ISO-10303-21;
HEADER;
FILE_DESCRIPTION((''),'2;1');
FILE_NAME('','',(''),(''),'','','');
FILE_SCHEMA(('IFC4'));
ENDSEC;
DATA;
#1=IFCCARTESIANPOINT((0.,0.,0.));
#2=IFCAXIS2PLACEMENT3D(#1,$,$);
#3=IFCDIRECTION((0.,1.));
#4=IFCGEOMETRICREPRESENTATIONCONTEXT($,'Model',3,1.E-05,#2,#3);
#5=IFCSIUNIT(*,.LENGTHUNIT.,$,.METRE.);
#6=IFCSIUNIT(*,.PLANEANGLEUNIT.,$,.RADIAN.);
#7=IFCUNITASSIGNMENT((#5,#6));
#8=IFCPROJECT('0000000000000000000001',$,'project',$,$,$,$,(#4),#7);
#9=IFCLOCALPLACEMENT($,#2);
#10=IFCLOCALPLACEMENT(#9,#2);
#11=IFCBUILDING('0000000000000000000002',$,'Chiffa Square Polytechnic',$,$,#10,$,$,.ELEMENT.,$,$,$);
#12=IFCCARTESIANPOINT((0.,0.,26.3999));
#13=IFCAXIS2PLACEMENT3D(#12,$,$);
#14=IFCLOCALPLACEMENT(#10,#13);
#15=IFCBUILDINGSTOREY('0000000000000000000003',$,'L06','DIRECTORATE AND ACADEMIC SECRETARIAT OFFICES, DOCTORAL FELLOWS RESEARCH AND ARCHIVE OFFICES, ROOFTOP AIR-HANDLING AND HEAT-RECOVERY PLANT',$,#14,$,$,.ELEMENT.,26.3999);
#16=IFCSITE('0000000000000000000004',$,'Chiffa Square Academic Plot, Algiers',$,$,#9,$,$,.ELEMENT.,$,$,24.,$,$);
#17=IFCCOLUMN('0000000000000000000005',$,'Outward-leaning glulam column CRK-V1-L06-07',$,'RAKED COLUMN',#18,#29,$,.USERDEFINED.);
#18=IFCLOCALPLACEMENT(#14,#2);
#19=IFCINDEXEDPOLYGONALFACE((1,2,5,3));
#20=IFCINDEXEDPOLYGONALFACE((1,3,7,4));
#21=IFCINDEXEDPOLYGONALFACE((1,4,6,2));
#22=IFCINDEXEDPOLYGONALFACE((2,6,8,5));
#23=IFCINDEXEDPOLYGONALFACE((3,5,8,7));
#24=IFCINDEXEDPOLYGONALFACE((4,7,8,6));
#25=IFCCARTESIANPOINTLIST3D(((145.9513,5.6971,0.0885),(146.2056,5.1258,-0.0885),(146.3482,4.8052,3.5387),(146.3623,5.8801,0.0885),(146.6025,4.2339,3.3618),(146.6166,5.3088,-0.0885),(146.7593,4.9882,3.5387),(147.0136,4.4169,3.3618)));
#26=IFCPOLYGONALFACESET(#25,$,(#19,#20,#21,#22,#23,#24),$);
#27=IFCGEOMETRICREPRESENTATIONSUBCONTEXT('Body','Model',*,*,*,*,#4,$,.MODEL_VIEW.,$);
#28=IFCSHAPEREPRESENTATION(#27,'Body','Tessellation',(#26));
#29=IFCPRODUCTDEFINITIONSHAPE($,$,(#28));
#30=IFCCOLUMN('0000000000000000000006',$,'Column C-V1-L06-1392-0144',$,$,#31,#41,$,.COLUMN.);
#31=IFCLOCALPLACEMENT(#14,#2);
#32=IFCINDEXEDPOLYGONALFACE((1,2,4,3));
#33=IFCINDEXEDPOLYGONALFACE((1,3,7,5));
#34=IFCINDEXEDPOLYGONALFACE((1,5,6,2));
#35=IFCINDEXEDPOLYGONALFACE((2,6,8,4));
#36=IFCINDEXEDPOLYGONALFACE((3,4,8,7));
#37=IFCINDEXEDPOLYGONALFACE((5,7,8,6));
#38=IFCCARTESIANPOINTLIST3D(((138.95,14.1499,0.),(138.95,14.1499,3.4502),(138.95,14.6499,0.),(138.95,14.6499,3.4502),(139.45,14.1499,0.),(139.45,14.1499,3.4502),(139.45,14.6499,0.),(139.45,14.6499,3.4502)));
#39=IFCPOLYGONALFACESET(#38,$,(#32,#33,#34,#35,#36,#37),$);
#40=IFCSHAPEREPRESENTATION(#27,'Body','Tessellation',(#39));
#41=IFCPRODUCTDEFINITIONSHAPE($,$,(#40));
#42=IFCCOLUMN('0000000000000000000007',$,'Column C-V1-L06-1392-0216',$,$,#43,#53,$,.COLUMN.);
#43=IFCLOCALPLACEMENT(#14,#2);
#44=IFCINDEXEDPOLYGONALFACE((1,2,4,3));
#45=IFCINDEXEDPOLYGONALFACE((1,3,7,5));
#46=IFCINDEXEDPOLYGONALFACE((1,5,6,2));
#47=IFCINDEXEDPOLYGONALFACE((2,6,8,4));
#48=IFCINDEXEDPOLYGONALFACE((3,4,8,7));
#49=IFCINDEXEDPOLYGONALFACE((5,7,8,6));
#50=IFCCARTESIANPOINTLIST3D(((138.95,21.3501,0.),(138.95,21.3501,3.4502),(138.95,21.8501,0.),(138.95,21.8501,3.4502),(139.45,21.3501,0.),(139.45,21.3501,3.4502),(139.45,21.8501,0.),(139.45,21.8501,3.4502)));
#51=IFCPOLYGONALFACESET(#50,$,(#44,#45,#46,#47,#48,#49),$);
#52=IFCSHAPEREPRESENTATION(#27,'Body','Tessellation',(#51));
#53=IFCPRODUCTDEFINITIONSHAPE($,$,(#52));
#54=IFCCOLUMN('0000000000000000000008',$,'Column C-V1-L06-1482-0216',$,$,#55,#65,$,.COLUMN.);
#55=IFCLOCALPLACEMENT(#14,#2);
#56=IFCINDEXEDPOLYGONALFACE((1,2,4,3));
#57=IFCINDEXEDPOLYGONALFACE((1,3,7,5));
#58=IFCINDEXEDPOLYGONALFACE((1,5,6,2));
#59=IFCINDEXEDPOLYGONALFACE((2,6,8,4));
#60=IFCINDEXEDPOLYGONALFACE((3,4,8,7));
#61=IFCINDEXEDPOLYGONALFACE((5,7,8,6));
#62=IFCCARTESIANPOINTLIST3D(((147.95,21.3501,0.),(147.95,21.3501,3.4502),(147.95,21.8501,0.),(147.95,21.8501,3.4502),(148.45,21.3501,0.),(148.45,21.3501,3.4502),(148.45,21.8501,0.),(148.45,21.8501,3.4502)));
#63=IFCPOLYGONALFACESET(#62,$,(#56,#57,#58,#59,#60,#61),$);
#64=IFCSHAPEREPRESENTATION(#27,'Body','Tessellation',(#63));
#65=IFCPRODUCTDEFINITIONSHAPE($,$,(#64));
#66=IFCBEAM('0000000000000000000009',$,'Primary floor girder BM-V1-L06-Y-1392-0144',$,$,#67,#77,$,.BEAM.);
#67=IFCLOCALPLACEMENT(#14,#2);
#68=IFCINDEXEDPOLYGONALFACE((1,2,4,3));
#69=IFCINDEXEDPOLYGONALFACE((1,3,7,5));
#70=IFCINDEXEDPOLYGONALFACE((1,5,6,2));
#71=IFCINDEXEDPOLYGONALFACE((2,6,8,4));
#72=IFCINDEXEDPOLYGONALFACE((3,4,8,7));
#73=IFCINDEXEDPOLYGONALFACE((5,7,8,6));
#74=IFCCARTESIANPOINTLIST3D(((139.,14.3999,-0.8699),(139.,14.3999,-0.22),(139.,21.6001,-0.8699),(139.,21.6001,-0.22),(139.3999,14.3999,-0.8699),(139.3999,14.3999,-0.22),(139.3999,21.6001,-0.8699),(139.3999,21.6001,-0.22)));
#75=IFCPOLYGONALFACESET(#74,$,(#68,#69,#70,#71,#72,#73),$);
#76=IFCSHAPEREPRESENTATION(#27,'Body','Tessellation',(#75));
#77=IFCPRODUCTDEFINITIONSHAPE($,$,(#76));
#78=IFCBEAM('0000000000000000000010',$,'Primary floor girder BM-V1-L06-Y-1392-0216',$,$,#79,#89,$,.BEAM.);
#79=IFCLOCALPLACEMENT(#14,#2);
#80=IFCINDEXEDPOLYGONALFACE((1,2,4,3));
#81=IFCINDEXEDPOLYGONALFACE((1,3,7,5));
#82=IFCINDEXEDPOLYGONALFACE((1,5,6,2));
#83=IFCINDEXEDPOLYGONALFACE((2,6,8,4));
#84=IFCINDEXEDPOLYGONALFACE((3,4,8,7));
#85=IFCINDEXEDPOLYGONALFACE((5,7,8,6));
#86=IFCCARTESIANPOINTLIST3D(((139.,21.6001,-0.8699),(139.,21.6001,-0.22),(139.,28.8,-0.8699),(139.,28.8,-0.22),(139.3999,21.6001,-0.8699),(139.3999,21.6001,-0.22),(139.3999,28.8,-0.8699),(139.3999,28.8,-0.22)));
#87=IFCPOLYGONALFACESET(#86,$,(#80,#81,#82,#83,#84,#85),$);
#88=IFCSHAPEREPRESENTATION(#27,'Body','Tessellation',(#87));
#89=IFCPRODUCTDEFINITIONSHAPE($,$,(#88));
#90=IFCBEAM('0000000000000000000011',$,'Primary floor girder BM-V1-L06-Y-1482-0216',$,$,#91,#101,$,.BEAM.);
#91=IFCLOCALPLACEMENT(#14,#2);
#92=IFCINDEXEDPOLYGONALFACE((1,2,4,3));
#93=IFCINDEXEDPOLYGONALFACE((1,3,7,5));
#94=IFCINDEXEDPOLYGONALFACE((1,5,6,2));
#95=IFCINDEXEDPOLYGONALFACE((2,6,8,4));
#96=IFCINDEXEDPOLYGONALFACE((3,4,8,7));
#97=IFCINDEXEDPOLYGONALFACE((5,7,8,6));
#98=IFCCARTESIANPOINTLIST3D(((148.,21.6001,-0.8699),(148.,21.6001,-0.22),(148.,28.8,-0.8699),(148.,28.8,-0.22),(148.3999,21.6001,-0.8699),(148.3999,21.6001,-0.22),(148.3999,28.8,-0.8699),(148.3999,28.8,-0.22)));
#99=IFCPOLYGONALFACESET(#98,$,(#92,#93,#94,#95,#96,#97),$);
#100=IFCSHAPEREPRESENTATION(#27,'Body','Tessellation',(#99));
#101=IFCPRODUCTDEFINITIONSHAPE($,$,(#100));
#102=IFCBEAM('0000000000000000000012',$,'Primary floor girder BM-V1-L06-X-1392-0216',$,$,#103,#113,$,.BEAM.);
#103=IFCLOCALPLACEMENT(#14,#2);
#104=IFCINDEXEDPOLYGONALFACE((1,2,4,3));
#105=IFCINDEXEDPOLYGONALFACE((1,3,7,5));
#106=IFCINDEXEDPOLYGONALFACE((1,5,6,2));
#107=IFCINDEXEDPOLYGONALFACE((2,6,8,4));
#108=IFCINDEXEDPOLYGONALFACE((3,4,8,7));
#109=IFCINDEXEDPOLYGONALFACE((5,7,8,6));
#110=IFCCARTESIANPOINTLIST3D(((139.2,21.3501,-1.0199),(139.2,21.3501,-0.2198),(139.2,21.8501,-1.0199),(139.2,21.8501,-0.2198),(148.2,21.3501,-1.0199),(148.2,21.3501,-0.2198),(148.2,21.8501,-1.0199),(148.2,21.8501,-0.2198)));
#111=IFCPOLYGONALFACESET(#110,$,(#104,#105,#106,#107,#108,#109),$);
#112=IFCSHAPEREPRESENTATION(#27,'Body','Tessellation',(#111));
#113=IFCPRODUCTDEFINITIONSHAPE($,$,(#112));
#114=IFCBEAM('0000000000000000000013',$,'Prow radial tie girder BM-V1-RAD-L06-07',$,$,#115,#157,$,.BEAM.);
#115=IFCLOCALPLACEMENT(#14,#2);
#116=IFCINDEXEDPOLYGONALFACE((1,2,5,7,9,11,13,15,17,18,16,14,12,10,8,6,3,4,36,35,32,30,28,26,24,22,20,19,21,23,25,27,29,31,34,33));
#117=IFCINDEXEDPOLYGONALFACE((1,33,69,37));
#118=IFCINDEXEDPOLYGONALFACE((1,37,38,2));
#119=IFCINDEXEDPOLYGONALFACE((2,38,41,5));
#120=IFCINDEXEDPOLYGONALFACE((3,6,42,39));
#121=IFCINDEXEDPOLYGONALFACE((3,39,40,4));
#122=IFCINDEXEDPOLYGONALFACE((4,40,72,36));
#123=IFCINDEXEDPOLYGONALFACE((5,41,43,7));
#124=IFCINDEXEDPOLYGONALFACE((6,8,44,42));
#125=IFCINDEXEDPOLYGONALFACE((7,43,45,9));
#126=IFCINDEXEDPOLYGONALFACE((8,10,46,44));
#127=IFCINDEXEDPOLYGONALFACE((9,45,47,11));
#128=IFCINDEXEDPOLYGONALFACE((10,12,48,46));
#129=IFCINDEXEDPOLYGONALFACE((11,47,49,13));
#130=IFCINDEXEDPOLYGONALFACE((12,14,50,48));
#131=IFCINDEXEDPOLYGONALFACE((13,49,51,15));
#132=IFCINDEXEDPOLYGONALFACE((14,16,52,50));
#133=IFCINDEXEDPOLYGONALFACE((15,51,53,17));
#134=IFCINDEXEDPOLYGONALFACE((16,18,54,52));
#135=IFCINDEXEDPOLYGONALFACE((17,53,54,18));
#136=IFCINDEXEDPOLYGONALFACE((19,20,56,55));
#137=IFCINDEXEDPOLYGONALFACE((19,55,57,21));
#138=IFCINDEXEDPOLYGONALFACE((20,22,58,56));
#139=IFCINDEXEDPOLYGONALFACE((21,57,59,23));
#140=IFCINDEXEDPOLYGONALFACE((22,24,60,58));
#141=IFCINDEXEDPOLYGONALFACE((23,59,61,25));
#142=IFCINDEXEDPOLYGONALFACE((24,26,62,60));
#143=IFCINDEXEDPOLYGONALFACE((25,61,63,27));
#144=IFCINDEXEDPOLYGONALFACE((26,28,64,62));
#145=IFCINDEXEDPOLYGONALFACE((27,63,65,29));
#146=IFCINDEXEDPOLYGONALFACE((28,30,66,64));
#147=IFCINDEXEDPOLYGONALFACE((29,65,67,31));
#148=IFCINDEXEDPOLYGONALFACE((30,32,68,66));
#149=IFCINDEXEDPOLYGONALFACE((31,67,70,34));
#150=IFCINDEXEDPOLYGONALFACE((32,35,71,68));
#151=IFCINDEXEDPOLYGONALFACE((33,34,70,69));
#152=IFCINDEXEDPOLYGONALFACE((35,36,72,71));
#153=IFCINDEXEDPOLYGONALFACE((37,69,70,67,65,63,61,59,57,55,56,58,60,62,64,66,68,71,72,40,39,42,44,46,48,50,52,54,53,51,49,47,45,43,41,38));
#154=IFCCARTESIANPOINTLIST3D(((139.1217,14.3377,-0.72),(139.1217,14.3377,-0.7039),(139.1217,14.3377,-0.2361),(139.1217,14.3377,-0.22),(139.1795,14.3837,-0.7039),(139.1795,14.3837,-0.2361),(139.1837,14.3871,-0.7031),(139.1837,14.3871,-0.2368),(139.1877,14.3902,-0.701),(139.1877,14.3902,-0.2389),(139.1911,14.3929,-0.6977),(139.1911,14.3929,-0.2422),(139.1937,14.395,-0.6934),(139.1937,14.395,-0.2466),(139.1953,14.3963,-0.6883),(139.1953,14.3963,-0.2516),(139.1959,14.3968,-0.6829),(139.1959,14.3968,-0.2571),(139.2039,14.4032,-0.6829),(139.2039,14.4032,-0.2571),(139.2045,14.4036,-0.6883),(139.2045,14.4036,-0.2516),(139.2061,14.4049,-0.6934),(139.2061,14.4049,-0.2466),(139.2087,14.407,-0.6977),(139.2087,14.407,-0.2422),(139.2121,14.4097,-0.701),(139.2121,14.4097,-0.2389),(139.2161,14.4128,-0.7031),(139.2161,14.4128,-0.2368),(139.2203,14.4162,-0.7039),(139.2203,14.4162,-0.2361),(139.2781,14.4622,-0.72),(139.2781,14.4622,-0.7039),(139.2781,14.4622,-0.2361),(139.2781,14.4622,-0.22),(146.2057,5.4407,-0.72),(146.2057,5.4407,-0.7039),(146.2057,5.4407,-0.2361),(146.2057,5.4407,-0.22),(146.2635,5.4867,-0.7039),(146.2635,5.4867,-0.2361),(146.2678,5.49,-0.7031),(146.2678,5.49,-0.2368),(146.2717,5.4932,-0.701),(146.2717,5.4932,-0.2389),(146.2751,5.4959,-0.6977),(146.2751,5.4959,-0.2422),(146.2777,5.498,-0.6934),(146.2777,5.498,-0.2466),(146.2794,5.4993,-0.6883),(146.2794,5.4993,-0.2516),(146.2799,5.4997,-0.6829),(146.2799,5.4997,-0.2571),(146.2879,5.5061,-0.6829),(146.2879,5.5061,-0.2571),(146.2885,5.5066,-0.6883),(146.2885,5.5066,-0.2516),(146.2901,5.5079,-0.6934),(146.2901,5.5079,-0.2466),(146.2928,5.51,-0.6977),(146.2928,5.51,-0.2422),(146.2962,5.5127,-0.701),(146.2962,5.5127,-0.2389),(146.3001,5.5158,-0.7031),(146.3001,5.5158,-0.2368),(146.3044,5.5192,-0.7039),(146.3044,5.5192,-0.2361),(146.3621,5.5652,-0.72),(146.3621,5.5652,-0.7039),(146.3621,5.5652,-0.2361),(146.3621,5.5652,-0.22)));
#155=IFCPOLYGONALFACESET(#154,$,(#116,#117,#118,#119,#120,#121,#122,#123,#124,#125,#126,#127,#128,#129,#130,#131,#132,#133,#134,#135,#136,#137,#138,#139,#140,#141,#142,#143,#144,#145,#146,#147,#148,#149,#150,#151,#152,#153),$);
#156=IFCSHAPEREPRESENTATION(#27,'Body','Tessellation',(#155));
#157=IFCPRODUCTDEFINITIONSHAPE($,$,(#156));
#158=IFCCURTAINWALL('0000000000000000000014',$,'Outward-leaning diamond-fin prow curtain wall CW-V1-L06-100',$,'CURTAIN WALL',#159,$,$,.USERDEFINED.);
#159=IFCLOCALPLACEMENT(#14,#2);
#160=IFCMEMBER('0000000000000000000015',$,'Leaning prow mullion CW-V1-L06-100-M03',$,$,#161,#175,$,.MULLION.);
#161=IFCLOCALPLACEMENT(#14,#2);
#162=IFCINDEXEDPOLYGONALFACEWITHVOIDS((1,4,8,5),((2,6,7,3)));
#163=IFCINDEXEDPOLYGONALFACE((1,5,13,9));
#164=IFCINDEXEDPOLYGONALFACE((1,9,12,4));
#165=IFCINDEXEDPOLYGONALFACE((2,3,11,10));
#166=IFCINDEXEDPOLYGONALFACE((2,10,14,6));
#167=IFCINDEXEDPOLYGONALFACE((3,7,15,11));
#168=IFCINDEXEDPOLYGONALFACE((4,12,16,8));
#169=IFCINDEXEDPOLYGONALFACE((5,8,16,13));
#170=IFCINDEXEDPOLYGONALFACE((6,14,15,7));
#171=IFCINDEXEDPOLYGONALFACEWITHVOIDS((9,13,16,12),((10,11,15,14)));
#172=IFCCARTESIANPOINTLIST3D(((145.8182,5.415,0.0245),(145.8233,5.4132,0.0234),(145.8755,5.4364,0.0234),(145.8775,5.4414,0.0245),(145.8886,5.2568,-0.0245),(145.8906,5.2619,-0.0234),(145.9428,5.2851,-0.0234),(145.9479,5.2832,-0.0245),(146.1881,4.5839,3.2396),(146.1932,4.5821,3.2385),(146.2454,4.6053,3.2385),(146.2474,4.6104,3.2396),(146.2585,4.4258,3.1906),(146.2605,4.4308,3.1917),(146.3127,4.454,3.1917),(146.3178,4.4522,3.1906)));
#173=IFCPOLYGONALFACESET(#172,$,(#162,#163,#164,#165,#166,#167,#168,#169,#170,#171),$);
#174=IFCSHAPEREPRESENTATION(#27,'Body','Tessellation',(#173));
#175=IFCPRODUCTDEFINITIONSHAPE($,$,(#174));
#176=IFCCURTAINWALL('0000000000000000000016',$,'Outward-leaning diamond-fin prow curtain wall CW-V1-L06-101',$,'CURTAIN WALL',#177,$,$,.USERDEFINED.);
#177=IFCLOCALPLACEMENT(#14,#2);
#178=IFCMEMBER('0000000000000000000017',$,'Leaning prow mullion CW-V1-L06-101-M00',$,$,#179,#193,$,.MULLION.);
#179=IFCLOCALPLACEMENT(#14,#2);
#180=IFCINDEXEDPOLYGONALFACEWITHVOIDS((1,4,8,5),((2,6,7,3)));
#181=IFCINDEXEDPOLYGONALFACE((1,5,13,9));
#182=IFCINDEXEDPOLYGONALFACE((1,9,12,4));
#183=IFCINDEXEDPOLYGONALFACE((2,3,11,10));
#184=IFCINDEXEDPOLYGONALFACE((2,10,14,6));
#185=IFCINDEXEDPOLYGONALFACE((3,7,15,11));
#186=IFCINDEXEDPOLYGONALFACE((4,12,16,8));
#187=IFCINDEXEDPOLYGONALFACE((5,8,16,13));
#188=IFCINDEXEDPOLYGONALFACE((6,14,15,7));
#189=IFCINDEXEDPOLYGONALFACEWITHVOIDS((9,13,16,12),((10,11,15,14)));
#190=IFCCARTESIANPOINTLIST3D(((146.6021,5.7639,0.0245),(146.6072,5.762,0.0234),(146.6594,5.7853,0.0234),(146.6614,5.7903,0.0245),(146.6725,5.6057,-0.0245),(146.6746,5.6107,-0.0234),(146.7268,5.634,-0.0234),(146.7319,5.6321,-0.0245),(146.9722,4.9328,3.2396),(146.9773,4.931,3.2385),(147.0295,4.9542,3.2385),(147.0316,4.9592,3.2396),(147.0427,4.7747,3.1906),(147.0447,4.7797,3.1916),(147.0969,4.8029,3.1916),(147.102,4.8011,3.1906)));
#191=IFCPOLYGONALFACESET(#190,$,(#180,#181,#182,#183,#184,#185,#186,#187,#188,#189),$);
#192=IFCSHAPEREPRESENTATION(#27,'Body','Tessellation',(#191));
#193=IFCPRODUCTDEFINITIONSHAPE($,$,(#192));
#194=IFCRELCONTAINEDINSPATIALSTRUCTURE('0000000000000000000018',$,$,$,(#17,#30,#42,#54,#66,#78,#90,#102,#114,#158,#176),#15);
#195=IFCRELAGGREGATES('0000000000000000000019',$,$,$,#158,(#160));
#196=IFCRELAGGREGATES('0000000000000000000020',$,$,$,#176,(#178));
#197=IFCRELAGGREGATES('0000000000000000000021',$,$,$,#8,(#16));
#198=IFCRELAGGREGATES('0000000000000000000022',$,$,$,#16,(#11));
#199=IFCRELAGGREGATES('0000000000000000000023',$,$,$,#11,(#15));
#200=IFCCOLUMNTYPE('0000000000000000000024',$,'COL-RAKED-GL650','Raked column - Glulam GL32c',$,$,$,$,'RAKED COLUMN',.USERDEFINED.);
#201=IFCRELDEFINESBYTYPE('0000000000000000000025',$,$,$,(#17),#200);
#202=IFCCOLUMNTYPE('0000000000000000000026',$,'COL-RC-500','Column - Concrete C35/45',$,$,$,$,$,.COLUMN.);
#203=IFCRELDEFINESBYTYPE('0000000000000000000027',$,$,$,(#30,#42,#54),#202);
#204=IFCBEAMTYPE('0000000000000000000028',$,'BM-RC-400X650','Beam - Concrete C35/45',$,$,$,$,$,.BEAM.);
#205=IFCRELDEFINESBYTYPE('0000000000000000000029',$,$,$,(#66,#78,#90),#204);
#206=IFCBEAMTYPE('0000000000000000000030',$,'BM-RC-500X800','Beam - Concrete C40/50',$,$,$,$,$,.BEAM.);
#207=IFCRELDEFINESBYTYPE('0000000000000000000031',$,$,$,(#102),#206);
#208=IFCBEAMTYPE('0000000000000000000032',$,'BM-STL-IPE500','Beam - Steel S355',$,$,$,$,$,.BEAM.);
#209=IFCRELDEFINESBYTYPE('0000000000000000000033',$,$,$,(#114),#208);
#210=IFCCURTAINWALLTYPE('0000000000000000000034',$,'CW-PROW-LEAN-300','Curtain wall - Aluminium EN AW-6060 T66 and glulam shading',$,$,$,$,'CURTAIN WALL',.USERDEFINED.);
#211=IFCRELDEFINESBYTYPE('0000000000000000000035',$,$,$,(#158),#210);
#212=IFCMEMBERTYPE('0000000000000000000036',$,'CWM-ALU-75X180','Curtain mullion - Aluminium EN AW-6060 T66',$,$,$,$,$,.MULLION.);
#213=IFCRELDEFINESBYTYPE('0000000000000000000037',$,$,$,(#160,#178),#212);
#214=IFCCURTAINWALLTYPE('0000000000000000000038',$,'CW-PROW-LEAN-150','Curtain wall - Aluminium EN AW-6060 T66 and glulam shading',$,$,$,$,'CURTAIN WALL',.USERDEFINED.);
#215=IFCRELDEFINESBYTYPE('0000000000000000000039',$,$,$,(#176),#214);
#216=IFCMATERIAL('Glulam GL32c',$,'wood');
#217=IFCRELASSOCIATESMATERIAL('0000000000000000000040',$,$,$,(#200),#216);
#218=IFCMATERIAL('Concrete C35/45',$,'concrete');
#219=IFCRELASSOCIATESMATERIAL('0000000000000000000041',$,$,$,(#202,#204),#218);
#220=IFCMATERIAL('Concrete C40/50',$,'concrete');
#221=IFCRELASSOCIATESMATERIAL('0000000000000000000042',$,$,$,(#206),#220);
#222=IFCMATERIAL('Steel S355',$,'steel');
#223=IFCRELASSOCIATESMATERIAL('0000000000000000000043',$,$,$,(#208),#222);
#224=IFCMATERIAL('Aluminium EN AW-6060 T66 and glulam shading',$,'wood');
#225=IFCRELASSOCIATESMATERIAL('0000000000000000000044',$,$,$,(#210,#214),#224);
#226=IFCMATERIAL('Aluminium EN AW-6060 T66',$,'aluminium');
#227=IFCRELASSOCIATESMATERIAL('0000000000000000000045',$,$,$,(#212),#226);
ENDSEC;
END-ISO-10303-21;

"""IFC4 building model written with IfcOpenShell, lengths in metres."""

from ifc_helpers import new_model, si_unit, direction, frame, origin, origin_2d, place, context, subcontext, project, spatial, rectangle, hollow_rectangle, i_section, extrude, material, material_profile, profile_set, type_object, element, aggregate, save


model = new_model("IFC4")

# Units and contexts
model_context = context("Model", 3, precision=1e-05, world=origin(), true_north=direction((0.0, 1.0)))
body_context = subcontext(model_context, "Body", "Model", "MODEL_VIEW")
ifc_project = project(units=[si_unit("LENGTHUNIT", "METRE"), si_unit("PLANEANGLEUNIT", "RADIAN")], contexts=[model_context])

# Site, building, storey
site_placement = place(None, origin())
site = spatial("IfcSite", under=ifc_project, at=site_placement, Name="Chiffa Square Academic Plot, Algiers", CompositionType="ELEMENT", RefElevation=24.0)
building_placement = place(site_placement, origin())
building = spatial("IfcBuilding", under=site, at=building_placement, Name="Chiffa Square Polytechnic", CompositionType="ELEMENT")
storey_placement = place(building_placement, frame((0.0, 0.0, 26.3999)))
storey = spatial("IfcBuildingStorey", under=building, at=storey_placement, Name="L06", Description="DIRECTORATE AND ACADEMIC SECRETARIAT OFFICES, DOCTORAL FELLOWS RESEARCH AND ARCHIVE OFFICES, ROOFTOP AIR-HANDLING AND HEAT-RECOVERY PLANT", CompositionType="ELEMENT", Elevation=26.3999)

# Columns
ifc_material_1 = material(Name="Glulam GL32c", Category="wood")
ifc_material_profile_1 = material_profile(ifc_material_1, rectangle(XDim=0.45, YDim=0.6499, at=origin_2d()), Name="GL32c 450x650")
ifc_profile_set_1 = profile_set([ifc_material_profile_1], Name="Glulam GL32c")
column_type_1 = type_object("IfcColumnType", Name="COL-RAKED-GL650", Description="Raked column - Glulam GL32c", ElementType="RAKED COLUMN", PredefinedType="USERDEFINED", material=ifc_profile_set_1)
column_placement = place(storey_placement, frame((146.2839, 5.5029, 0.0), z_axis=(0.110712, -0.248727, 0.962225), x_axis=(0.913585, 0.406649, 0.0)))
element("IfcColumn", 1, at=column_placement, inside=storey, type_object=column_type_1, Name="Outward-leaning glulam column CRK-V1-L06-07", ObjectType="RAKED COLUMN", PredefinedType="USERDEFINED", context=body_context, shape_type="SweptSolid", body=[
    extrude(rectangle(XDim=0.45, YDim=0.6499, at=origin_2d()), origin(), (0.0, 0.0, 1.0), 3.5857),
])
ifc_material_2 = material(Name="Concrete C35/45", Category="concrete")
ifc_material_profile_2 = material_profile(ifc_material_2, rectangle(XDim=0.5, YDim=0.5, at=origin_2d()), Name="RC 500x500")
ifc_profile_set_2 = profile_set([ifc_material_profile_2], Name="Concrete C35/45")
column_type_2 = type_object("IfcColumnType", Name="COL-RC-500", Description="Column - Concrete C35/45", PredefinedType="COLUMN", material=ifc_profile_set_2)
for number, where, z_axis, x_axis, name in (
    (2, (139.2, 14.3999, 0.0), (0.0, 0.0, 1.0), (1.0, 0.0, 0.0), "Column C-V1-L06-1392-0144"),
    (3, (139.2, 21.6001, 0.0), (0.0, 0.0, 1.0), (1.0, 0.0, 0.0), "Column C-V1-L06-1392-0216"),
    (4, (148.2, 21.6001, 0.0), (0.0, 0.0, 1.0), (1.0, 0.0, 0.0), "Column C-V1-L06-1482-0216"),
):
    element("IfcColumn", number, at=place(storey_placement, frame(where, z_axis=z_axis, x_axis=x_axis)), inside=storey, type_object=column_type_2, Name=name, PredefinedType="COLUMN", context=body_context, shape_type="SweptSolid", body=[
        extrude(rectangle(XDim=0.5, YDim=0.5, at=origin_2d()), origin(), (0.0, 0.0, 1.0), 3.4502),
    ])

# Beams
ifc_material_profile_3 = material_profile(ifc_material_2, rectangle(XDim=0.3999, YDim=0.6499, at=origin_2d()), Name="RC 400x650")
ifc_profile_set_3 = profile_set([ifc_material_profile_3], Name="Concrete C35/45")
beam_type_1 = type_object("IfcBeamType", Name="BM-RC-400X650", Description="Beam - Concrete C35/45", PredefinedType="BEAM", material=ifc_profile_set_3)
beam_1_placement = place(storey_placement, frame((139.2, 14.3999, -0.5449), z_axis=(0.0, 1.0, 0.0), x_axis=(-1.0, 0.0, 0.0)))
element("IfcBeam", 5, at=beam_1_placement, inside=storey, type_object=beam_type_1, Name="Primary floor girder BM-V1-L06-Y-1392-0144", PredefinedType="BEAM", context=body_context, shape_type="SweptSolid", body=[
    extrude(rectangle(XDim=0.3999, YDim=0.6499, at=origin_2d()), origin(), (0.0, 0.0, 1.0), 7.2002),
])
for number, where, z_axis, x_axis, name in (
    (6, (139.2, 21.6001, -0.5449), (0.0, 1.0, 0.0), (-1.0, 0.0, 0.0), "Primary floor girder BM-V1-L06-Y-1392-0216"),
    (7, (148.2, 21.6001, -0.5449), (0.0, 1.0, 0.0), (-1.0, 0.0, 0.0), "Primary floor girder BM-V1-L06-Y-1482-0216"),
):
    element("IfcBeam", number, at=place(storey_placement, frame(where, z_axis=z_axis, x_axis=x_axis)), inside=storey, type_object=beam_type_1, Name=name, PredefinedType="BEAM", context=body_context, shape_type="SweptSolid", body=[
        extrude(rectangle(XDim=0.3999, YDim=0.6499, at=origin_2d()), origin(), (0.0, 0.0, 1.0), 7.2),
    ])
ifc_material_3 = material(Name="Concrete C40/50", Category="concrete")
ifc_material_profile_4 = material_profile(ifc_material_3, rectangle(XDim=0.5, YDim=0.8, at=origin_2d()), Name="RC 500x800")
ifc_profile_set_4 = profile_set([ifc_material_profile_4], Name="Concrete C40/50")
beam_type_2 = type_object("IfcBeamType", Name="BM-RC-500X800", Description="Beam - Concrete C40/50", PredefinedType="BEAM", material=ifc_profile_set_4)
beam_2_placement = place(storey_placement, frame((139.2, 21.6001, -0.6199), z_axis=(1.0, 0.0, 0.0), x_axis=(0.0, 1.0, 0.0)))
element("IfcBeam", 8, at=beam_2_placement, inside=storey, type_object=beam_type_2, Name="Primary floor girder BM-V1-L06-X-1392-0216", PredefinedType="BEAM", context=body_context, shape_type="SweptSolid", body=[
    extrude(rectangle(XDim=0.5, YDim=0.8, at=origin_2d()), origin(), (0.0, 0.0, 1.0), 9.0),
])
ifc_material_4 = material(Name="Steel S355", Category="steel")
ifc_material_profile_5 = material_profile(ifc_material_4, i_section(OverallWidth=0.2, OverallDepth=0.5, WebThickness=0.0103, FlangeThickness=0.0161, FilletRadius=0.021, at=origin_2d()), Name="IPE 500")
ifc_profile_set_5 = profile_set([ifc_material_profile_5], Name="Steel S355")
beam_type_3 = type_object("IfcBeamType", Name="BM-STL-IPE500", Description="Beam - Steel S355", PredefinedType="BEAM", material=ifc_profile_set_5)
beam_3_placement = place(storey_placement, frame((146.2839, 5.5029, -0.47), z_axis=(-0.622892, 0.782308, 0.0), x_axis=(-0.782308, -0.622892, 0.0)))
element("IfcBeam", 9, at=beam_3_placement, inside=storey, type_object=beam_type_3, Name="Prow radial tie girder BM-V1-RAD-L06-07", PredefinedType="BEAM", context=body_context, shape_type="SweptSolid", body=[
    extrude(i_section(OverallWidth=0.2, OverallDepth=0.5, WebThickness=0.0103, FlangeThickness=0.0161, FilletRadius=0.021, at=origin_2d()), origin(), (0.0, 0.0, 1.0), 11.3728),
])

# Curtain wall, member
ifc_material_5 = material(Name="Aluminium EN AW-6060 T66 and glulam shading", Category="wood")
curtain_wall_type_1 = type_object("IfcCurtainWallType", Name="CW-PROW-LEAN-300", Description="Curtain wall - Aluminium EN AW-6060 T66 and glulam shading", ElementType="CURTAIN WALL", PredefinedType="USERDEFINED", material=ifc_material_5)
curtain_wall_1_placement = place(storey_placement, origin())
curtain_wall_1 = element("IfcCurtainWall", 10, at=curtain_wall_1_placement, inside=storey, type_object=curtain_wall_type_1, Name="Outward-leaning diamond-fin prow curtain wall CW-V1-L06-100", ObjectType="CURTAIN WALL", PredefinedType="USERDEFINED")
ifc_material_6 = material(Name="Aluminium EN AW-6060 T66", Category="aluminium")
ifc_material_profile_6 = material_profile(ifc_material_6, hollow_rectangle(XDim=0.0649, YDim=0.1799, WallThickness=0.0039, at=origin_2d()), Name="ALU 65x180x4")
ifc_profile_set_6 = profile_set([ifc_material_profile_6], Name="Aluminium EN AW-6060 T66")
member_type_1 = type_object("IfcMemberType", Name="CWM-ALU-75X180", Description="Curtain mullion - Aluminium EN AW-6060 T66", PredefinedType="MULLION", material=ifc_profile_set_6)
member_1_placement = place(storey_placement, frame((145.8831, 5.3491, 0.0), z_axis=(0.110698, -0.248722, 0.962228), x_axis=(0.913601, 0.406612, 0.0)))
member_1 = element("IfcMember", 11, at=member_1_placement, type_object=member_type_1, Name="Leaning prow mullion CW-V1-L06-100-M03", PredefinedType="MULLION", context=body_context, shape_type="SweptSolid", body=[
    extrude(hollow_rectangle(XDim=0.0649, YDim=0.1799, WallThickness=0.0039, at=origin_2d()), origin(), (0.0, 0.0, 1.0), 3.3413),
])

# Curtain wall, member
curtain_wall_type_2 = type_object("IfcCurtainWallType", Name="CW-PROW-LEAN-150", Description="Curtain wall - Aluminium EN AW-6060 T66 and glulam shading", ElementType="CURTAIN WALL", PredefinedType="USERDEFINED", material=ifc_material_5)
curtain_wall_2_placement = place(storey_placement, origin())
curtain_wall_2 = element("IfcCurtainWall", 12, at=curtain_wall_2_placement, inside=storey, type_object=curtain_wall_type_2, Name="Outward-leaning diamond-fin prow curtain wall CW-V1-L06-101", ObjectType="CURTAIN WALL", PredefinedType="USERDEFINED")
member_2_placement = place(storey_placement, frame((146.667, 5.698, 0.0), z_axis=(0.11077, -0.24872, 0.96222), x_axis=(0.913501, 0.406836, 0.0)))
member_2 = element("IfcMember", 13, at=member_2_placement, type_object=member_type_1, Name="Leaning prow mullion CW-V1-L06-101-M00", PredefinedType="MULLION", context=body_context, shape_type="SweptSolid", body=[
    extrude(hollow_rectangle(XDim=0.0649, YDim=0.1799, WallThickness=0.0039, at=origin_2d()), origin(), (0.0, 0.0, 1.0), 3.3413),
])

aggregate(curtain_wall_1, [member_1])

aggregate(curtain_wall_2, [member_2])

save(model, "model.ifc")
